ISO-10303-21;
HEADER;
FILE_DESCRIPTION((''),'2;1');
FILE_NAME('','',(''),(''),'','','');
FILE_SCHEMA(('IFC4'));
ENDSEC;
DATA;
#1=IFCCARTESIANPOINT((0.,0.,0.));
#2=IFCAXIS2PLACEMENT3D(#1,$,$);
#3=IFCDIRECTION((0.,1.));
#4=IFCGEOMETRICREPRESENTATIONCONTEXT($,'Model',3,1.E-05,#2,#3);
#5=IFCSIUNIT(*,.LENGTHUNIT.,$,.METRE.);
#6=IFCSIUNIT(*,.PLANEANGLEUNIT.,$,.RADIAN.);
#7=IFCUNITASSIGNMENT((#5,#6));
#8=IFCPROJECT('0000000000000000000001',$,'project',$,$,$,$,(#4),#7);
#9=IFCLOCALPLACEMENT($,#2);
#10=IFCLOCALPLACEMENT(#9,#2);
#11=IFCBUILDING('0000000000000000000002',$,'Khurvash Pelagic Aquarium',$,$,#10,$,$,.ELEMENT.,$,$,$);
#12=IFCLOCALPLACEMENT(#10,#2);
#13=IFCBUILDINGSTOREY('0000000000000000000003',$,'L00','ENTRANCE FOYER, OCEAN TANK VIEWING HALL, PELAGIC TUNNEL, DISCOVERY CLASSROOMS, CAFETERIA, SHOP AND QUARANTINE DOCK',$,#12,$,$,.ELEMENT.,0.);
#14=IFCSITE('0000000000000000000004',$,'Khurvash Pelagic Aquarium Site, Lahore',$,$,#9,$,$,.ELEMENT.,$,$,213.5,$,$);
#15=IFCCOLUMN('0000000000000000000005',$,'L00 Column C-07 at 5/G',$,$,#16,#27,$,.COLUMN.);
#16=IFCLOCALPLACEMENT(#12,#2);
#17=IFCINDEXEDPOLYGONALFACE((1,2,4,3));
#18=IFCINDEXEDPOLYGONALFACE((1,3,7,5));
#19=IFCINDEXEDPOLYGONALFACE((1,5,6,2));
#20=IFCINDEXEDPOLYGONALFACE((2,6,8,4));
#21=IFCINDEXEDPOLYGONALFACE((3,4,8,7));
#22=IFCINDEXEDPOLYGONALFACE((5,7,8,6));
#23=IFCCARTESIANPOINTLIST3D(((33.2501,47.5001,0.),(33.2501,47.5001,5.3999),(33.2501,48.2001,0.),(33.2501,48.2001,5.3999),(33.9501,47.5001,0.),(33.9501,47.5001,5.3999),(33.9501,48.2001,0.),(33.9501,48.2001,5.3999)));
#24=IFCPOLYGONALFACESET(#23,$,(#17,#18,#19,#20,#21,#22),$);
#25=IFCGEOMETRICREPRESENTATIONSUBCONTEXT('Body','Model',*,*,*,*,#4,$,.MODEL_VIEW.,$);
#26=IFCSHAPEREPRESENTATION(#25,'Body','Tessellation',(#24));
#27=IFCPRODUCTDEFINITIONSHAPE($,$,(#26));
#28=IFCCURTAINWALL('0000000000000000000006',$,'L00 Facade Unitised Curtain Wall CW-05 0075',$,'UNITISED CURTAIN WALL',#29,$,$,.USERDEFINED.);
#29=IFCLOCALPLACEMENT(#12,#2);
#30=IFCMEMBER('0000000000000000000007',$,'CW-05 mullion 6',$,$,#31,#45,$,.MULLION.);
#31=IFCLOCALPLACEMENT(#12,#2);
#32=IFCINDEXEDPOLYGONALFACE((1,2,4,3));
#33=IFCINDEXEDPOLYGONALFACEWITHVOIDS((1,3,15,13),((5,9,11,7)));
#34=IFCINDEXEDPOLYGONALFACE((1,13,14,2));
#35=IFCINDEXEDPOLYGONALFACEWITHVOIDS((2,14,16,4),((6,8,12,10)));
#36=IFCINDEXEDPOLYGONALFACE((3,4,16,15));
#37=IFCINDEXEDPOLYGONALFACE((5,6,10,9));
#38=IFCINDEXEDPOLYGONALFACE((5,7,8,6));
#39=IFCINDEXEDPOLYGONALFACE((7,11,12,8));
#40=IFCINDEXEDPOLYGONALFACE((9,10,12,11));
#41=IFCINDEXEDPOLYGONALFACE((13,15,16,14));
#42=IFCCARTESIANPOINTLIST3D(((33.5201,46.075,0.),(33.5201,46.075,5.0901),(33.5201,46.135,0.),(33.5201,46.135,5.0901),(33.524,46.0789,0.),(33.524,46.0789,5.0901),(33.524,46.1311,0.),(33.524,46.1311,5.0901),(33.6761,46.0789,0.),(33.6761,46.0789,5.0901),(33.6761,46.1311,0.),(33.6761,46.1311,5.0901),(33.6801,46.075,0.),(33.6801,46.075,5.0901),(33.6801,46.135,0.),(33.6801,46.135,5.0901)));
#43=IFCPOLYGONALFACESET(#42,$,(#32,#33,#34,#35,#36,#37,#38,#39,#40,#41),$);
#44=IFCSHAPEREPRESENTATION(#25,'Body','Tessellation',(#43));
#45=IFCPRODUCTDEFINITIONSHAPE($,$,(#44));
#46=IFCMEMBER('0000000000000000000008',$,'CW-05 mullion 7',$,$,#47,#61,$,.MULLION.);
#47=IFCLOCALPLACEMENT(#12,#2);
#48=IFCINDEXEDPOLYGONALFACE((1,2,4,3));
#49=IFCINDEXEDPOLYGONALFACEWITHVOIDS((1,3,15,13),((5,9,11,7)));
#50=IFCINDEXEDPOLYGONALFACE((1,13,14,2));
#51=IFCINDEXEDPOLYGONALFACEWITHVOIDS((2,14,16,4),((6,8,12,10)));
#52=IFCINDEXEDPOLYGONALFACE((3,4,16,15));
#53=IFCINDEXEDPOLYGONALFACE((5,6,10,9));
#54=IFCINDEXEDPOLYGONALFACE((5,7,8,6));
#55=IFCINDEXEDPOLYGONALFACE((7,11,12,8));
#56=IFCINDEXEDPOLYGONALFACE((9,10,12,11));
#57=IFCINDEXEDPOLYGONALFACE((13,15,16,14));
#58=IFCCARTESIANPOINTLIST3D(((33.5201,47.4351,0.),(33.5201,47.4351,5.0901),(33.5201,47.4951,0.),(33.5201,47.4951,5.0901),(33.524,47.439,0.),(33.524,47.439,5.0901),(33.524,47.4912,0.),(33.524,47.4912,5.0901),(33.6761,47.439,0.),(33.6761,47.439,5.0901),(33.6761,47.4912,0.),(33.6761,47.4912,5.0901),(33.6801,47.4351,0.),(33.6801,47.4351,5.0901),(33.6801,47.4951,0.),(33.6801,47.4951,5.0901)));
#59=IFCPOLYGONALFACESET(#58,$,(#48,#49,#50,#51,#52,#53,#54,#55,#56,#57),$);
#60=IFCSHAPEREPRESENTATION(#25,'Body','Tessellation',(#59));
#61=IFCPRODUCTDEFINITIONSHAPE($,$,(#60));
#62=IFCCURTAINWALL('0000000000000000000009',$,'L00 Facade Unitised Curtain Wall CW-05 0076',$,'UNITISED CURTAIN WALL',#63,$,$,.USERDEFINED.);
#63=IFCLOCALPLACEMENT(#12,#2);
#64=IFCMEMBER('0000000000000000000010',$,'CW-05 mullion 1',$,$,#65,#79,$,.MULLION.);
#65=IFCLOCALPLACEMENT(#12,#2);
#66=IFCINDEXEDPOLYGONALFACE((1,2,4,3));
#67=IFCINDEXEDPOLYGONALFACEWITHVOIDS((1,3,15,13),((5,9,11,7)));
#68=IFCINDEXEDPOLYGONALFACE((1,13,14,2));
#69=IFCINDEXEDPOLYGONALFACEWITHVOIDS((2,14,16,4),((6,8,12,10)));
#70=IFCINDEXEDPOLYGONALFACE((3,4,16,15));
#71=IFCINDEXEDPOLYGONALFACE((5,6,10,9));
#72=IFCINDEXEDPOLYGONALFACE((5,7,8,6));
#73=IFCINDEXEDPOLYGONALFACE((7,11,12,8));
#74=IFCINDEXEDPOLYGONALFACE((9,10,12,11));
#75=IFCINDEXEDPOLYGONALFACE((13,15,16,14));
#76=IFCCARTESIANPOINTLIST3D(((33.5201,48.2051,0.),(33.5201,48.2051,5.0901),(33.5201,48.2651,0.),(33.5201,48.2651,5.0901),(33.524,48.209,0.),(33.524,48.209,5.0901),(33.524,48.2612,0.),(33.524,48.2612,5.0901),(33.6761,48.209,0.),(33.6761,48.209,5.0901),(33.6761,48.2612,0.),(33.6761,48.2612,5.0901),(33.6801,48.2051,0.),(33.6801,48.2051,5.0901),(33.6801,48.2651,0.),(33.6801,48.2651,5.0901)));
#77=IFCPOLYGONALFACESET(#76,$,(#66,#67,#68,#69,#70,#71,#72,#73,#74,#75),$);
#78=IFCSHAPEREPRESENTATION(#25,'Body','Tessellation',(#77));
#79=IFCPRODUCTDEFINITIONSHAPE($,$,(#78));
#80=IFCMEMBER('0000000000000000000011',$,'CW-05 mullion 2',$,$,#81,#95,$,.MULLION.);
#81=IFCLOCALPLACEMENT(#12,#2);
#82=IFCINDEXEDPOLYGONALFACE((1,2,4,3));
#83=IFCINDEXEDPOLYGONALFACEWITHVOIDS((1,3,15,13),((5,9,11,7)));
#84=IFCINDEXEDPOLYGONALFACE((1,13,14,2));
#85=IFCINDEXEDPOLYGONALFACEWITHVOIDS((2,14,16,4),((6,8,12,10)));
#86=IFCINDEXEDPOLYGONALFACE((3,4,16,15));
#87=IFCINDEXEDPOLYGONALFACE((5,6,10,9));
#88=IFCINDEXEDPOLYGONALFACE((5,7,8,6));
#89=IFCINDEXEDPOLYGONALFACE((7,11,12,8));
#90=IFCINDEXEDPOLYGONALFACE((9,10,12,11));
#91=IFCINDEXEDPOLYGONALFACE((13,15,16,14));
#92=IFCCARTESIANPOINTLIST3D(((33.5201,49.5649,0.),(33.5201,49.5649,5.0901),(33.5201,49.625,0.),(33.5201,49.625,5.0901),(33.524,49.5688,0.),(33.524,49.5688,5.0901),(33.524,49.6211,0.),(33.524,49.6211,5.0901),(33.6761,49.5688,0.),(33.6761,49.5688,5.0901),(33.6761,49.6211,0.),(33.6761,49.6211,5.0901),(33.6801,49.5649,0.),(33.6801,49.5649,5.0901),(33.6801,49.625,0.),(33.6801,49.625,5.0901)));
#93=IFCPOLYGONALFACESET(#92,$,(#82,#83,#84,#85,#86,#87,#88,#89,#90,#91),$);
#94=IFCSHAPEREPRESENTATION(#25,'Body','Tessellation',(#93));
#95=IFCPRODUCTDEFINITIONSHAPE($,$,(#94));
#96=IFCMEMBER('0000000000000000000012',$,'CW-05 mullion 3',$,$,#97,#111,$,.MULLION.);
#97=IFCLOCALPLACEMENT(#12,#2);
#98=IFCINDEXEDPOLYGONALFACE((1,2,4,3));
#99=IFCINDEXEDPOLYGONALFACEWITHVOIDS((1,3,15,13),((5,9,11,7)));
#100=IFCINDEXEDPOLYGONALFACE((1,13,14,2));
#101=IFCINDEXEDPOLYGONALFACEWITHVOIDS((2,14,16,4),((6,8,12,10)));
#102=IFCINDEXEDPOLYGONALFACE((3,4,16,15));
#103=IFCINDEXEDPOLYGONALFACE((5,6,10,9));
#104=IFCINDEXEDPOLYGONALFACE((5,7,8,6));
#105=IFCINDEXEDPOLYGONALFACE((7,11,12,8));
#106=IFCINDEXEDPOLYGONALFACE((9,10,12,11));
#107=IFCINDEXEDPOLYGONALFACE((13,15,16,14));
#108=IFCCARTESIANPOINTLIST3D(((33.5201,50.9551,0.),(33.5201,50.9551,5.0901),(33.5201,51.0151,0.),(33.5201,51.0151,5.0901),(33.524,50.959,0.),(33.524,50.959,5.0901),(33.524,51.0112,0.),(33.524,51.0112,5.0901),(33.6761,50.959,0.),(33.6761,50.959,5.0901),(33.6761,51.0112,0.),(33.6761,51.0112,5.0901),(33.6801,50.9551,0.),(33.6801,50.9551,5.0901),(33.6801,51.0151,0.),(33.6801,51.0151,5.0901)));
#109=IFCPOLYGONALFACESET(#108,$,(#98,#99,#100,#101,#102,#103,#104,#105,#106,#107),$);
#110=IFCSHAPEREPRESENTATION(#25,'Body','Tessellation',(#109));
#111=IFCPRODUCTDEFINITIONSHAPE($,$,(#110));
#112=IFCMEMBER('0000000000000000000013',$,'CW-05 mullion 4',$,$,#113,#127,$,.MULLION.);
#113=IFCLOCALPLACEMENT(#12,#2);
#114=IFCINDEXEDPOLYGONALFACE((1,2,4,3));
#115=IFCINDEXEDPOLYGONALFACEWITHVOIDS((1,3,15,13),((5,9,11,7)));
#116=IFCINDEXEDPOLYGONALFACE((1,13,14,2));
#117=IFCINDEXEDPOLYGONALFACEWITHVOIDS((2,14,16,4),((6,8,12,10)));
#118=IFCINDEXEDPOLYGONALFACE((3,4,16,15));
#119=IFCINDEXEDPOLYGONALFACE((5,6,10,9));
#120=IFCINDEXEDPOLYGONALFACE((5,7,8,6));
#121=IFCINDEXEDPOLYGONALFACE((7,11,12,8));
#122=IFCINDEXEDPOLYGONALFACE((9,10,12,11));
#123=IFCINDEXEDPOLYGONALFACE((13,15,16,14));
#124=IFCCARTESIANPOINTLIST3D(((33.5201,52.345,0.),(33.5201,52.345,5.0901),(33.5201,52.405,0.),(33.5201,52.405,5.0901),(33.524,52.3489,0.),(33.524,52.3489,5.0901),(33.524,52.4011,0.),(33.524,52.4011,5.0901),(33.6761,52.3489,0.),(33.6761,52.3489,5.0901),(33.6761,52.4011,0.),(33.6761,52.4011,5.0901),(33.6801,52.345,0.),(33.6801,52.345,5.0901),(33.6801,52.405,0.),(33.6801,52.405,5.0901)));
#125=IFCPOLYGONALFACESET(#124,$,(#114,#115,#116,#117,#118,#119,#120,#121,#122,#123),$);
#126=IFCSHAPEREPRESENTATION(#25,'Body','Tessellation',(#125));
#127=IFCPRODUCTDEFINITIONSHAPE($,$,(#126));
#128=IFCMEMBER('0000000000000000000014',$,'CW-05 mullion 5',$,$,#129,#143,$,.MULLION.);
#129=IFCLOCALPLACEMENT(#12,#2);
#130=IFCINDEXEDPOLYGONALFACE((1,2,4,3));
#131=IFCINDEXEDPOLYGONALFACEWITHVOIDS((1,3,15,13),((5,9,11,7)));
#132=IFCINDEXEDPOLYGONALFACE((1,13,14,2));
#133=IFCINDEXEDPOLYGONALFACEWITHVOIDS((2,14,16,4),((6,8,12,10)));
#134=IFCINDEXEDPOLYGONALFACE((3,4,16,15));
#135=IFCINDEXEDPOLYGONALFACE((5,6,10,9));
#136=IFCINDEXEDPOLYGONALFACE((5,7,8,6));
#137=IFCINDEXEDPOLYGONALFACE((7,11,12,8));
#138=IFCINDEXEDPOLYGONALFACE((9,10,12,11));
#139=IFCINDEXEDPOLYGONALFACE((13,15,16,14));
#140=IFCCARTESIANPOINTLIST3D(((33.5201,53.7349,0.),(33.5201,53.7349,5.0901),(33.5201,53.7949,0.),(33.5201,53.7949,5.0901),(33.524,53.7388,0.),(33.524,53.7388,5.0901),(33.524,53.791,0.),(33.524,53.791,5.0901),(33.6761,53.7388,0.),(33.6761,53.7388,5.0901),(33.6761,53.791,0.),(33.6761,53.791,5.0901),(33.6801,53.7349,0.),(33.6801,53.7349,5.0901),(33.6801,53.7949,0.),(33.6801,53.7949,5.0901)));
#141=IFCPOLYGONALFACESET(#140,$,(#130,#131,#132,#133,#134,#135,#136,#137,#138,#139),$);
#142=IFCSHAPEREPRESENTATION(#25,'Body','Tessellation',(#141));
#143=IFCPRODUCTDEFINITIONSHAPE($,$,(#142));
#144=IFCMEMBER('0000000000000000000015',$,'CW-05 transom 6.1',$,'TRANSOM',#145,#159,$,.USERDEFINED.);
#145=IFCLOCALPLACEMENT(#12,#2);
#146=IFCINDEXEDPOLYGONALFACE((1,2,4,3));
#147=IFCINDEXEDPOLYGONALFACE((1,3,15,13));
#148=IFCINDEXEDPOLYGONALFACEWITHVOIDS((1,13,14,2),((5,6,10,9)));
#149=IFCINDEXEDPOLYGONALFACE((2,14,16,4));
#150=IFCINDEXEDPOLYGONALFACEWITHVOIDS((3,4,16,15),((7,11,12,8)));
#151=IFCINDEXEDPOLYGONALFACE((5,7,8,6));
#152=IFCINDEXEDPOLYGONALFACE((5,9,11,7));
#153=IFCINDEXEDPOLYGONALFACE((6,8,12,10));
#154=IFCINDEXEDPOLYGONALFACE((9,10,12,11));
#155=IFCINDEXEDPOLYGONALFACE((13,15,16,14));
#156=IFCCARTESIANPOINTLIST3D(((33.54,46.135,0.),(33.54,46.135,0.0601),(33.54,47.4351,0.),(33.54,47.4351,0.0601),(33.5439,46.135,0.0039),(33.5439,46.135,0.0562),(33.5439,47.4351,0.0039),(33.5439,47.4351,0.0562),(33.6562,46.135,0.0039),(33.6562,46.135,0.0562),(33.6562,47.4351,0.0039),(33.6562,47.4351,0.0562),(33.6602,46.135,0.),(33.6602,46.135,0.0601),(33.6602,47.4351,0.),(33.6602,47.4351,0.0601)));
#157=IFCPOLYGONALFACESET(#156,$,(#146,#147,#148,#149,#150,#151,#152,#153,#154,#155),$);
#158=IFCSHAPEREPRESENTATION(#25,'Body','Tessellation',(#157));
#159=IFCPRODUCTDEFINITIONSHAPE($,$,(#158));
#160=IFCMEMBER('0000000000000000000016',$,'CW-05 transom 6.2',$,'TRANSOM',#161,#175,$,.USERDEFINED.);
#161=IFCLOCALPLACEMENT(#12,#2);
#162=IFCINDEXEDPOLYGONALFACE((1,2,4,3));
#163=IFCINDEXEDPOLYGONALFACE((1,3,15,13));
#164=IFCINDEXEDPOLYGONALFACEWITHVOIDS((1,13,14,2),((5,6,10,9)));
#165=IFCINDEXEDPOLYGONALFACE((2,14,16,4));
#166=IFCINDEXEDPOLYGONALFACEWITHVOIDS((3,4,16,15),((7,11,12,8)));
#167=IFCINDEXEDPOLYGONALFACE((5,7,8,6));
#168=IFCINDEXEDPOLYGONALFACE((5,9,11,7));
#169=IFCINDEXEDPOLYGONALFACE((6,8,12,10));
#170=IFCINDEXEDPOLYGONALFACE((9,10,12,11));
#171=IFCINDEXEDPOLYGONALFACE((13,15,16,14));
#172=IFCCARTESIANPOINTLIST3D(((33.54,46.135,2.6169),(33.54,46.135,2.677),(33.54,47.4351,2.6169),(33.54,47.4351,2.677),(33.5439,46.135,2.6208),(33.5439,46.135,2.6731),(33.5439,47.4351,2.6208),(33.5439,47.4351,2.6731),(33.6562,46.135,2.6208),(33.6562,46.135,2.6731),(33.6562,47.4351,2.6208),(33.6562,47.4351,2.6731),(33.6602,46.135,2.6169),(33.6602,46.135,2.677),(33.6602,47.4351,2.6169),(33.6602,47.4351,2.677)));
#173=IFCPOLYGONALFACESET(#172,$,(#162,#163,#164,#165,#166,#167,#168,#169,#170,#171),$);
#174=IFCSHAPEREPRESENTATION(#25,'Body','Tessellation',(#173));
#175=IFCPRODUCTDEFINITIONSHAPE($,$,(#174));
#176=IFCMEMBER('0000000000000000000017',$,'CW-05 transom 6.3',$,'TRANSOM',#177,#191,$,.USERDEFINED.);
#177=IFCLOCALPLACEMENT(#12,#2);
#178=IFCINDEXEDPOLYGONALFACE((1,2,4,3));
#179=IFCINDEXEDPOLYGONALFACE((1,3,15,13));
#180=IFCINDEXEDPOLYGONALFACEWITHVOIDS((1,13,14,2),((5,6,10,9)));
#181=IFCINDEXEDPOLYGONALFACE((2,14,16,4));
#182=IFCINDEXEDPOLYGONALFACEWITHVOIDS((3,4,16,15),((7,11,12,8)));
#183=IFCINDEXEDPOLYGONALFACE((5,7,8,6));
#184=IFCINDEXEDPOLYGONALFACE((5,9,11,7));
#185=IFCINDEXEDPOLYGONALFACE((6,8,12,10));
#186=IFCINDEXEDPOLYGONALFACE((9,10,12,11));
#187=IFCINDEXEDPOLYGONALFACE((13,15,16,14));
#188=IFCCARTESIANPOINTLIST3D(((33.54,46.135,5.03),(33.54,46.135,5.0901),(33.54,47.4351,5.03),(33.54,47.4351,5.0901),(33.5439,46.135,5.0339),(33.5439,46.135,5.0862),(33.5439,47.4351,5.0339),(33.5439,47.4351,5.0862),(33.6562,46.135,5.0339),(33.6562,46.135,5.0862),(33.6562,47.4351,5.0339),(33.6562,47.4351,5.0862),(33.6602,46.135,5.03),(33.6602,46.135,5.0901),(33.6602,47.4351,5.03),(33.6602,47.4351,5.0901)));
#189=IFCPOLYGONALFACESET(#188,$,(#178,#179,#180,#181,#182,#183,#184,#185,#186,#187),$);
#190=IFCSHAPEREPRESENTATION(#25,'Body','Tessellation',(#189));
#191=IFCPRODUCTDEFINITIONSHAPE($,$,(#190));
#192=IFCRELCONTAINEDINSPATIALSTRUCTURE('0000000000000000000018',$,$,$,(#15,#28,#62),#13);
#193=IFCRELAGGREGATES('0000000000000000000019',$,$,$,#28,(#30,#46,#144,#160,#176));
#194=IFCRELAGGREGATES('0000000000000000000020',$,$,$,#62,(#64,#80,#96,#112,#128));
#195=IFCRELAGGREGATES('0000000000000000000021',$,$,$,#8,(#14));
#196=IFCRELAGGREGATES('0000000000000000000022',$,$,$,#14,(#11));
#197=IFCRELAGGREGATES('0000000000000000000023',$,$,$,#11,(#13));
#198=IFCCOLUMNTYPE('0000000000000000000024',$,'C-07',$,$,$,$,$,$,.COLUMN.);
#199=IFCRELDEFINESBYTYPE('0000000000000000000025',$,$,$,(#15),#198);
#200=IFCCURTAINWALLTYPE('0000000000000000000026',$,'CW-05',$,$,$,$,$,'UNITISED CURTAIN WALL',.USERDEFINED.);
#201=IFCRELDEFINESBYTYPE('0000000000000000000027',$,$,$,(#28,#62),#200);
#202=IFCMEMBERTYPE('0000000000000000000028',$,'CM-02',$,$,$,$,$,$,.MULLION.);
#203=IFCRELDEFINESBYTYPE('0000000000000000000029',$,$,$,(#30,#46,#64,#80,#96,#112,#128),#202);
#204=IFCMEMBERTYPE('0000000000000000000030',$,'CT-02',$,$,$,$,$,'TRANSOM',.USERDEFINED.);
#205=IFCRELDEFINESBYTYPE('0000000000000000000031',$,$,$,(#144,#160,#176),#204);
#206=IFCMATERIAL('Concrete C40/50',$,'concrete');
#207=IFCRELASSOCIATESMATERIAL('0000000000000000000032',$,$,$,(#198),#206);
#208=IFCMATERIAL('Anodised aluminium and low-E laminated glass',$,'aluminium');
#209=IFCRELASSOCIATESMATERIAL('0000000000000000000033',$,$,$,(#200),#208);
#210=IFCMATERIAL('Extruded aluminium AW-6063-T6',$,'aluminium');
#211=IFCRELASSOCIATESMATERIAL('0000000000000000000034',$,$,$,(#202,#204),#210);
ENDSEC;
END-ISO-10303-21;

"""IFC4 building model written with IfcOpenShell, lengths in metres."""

from ifc_helpers import new_model, si_unit, direction, frame, origin, origin_2d, place, context, subcontext, project, spatial, rectangle, hollow_rectangle, extrude, material, material_profile, profile_set, type_object, element, aggregate, save


model = new_model("IFC4")

# Units and contexts
model_context = context("Model", 3, precision=1e-05, world=origin(), true_north=direction((0.0, 1.0)))
body_context = subcontext(model_context, "Body", "Model", "MODEL_VIEW")
ifc_project = project(units=[si_unit("LENGTHUNIT", "METRE"), si_unit("PLANEANGLEUNIT", "RADIAN")], contexts=[model_context])

# Site, building, storey
site_placement = place(None, origin())
site = spatial("IfcSite", under=ifc_project, at=site_placement, Name="Khurvash Pelagic Aquarium Site, Lahore", CompositionType="ELEMENT", RefElevation=213.5)
building_placement = place(site_placement, origin())
building = spatial("IfcBuilding", under=site, at=building_placement, Name="Khurvash Pelagic Aquarium", CompositionType="ELEMENT")
storey_placement = place(building_placement, origin())
storey = spatial("IfcBuildingStorey", under=building, at=storey_placement, Name="L00", Description="ENTRANCE FOYER, OCEAN TANK VIEWING HALL, PELAGIC TUNNEL, DISCOVERY CLASSROOMS, CAFETERIA, SHOP AND QUARANTINE DOCK", CompositionType="ELEMENT", Elevation=0.0)

# Column
ifc_material_1 = material(Name="Concrete C40/50", Category="concrete")
ifc_material_profile_1 = material_profile(ifc_material_1, rectangle(XDim=0.7, YDim=0.7, at=origin_2d()), Name="RC700X700")
ifc_profile_set_1 = profile_set([ifc_material_profile_1], Name="Concrete C40/50")
column_type = type_object("IfcColumnType", Name="C-07", PredefinedType="COLUMN", material=ifc_profile_set_1)
column_placement = place(storey_placement, frame((33.6001, 47.8501, 0.0), z_axis=(0.0, 0.0, 1.0), x_axis=(1.0, 0.0, 0.0)))
element("IfcColumn", 1, at=column_placement, inside=storey, type_object=column_type, Name="L00 Column C-07 at 5/G", PredefinedType="COLUMN", context=body_context, shape_type="SweptSolid", body=[
    extrude(rectangle(XDim=0.7, YDim=0.7, at=origin_2d()), origin(), (0.0, 0.0, 1.0), 5.3999),
])

# Curtain walls, members
ifc_material_2 = material(Name="Anodised aluminium and low-E laminated glass", Category="aluminium")
curtain_wall_type = type_object("IfcCurtainWallType", Name="CW-05", ElementType="UNITISED CURTAIN WALL", PredefinedType="USERDEFINED", material=ifc_material_2)
curtain_wall_1_placement = place(storey_placement, origin())
curtain_wall_1 = element("IfcCurtainWall", 2, at=curtain_wall_1_placement, inside=storey, type_object=curtain_wall_type, Name="L00 Facade Unitised Curtain Wall CW-05 0075", ObjectType="UNITISED CURTAIN WALL", PredefinedType="USERDEFINED")
ifc_material_3 = material(Name="Extruded aluminium AW-6063-T6", Category="aluminium")
ifc_material_profile_2 = material_profile(ifc_material_3, hollow_rectangle(XDim=0.0601, YDim=0.1599, WallThickness=0.0039, at=origin_2d()), Name="CWM60X160X4")
ifc_profile_set_2 = profile_set([ifc_material_profile_2], Name="Extruded aluminium AW-6063-T6")
member_type_1 = type_object("IfcMemberType", Name="CM-02", PredefinedType="MULLION", material=ifc_profile_set_2)
member_1_placement = place(storey_placement, frame((33.6001, 46.105, 0.0), z_axis=(0.0, 0.0, 1.0), x_axis=(0.0, 1.0, 0.0)))
member_1 = element("IfcMember", 3, at=member_1_placement, type_object=member_type_1, Name="CW-05 mullion 6", PredefinedType="MULLION", context=body_context, shape_type="SweptSolid", body=[
    extrude(hollow_rectangle(XDim=0.0601, YDim=0.1599, WallThickness=0.0039, at=origin_2d()), origin(), (0.0, 0.0, 1.0), 5.0901),
])
member_2_placement = place(storey_placement, frame((33.6001, 47.4651, 0.0), z_axis=(0.0, 0.0, 1.0), x_axis=(0.0, 1.0, 0.0)))
member_2 = element("IfcMember", 4, at=member_2_placement, type_object=member_type_1, Name="CW-05 mullion 7", PredefinedType="MULLION", context=body_context, shape_type="SweptSolid", body=[
    extrude(hollow_rectangle(XDim=0.0601, YDim=0.1599, WallThickness=0.0039, at=origin_2d()), origin(), (0.0, 0.0, 1.0), 5.0901),
])
curtain_wall_2_placement = place(storey_placement, origin())
curtain_wall_2 = element("IfcCurtainWall", 5, at=curtain_wall_2_placement, inside=storey, type_object=curtain_wall_type, Name="L00 Facade Unitised Curtain Wall CW-05 0076", ObjectType="UNITISED CURTAIN WALL", PredefinedType="USERDEFINED")
member_3_placement = place(storey_placement, frame((33.6001, 48.2351, 0.0), z_axis=(0.0, 0.0, 1.0), x_axis=(0.0, 1.0, 0.0)))
member_3 = element("IfcMember", 6, at=member_3_placement, type_object=member_type_1, Name="CW-05 mullion 1", PredefinedType="MULLION", context=body_context, shape_type="SweptSolid", body=[
    extrude(hollow_rectangle(XDim=0.0601, YDim=0.1599, WallThickness=0.0039, at=origin_2d()), origin(), (0.0, 0.0, 1.0), 5.0901),
])
member_4_placement = place(storey_placement, frame((33.6001, 49.595, 0.0), z_axis=(0.0, 0.0, 1.0), x_axis=(0.0, 1.0, 0.0)))
member_4 = element("IfcMember", 7, at=member_4_placement, type_object=member_type_1, Name="CW-05 mullion 2", PredefinedType="MULLION", context=body_context, shape_type="SweptSolid", body=[
    extrude(hollow_rectangle(XDim=0.0601, YDim=0.1599, WallThickness=0.0039, at=origin_2d()), origin(), (0.0, 0.0, 1.0), 5.0901),
])
member_5_placement = place(storey_placement, frame((33.6001, 50.9851, 0.0), z_axis=(0.0, 0.0, 1.0), x_axis=(0.0, 1.0, 0.0)))
member_5 = element("IfcMember", 8, at=member_5_placement, type_object=member_type_1, Name="CW-05 mullion 3", PredefinedType="MULLION", context=body_context, shape_type="SweptSolid", body=[
    extrude(hollow_rectangle(XDim=0.0601, YDim=0.1599, WallThickness=0.0039, at=origin_2d()), origin(), (0.0, 0.0, 1.0), 5.0901),
])
member_6_placement = place(storey_placement, frame((33.6001, 52.375, 0.0), z_axis=(0.0, 0.0, 1.0), x_axis=(0.0, 1.0, 0.0)))
member_6 = element("IfcMember", 9, at=member_6_placement, type_object=member_type_1, Name="CW-05 mullion 4", PredefinedType="MULLION", context=body_context, shape_type="SweptSolid", body=[
    extrude(hollow_rectangle(XDim=0.0601, YDim=0.1599, WallThickness=0.0039, at=origin_2d()), origin(), (0.0, 0.0, 1.0), 5.0901),
])
member_7_placement = place(storey_placement, frame((33.6001, 53.7649, 0.0), z_axis=(0.0, 0.0, 1.0), x_axis=(0.0, 1.0, 0.0)))
member_7 = element("IfcMember", 10, at=member_7_placement, type_object=member_type_1, Name="CW-05 mullion 5", PredefinedType="MULLION", context=body_context, shape_type="SweptSolid", body=[
    extrude(hollow_rectangle(XDim=0.0601, YDim=0.1599, WallThickness=0.0039, at=origin_2d()), origin(), (0.0, 0.0, 1.0), 5.0901),
])

# Members
ifc_material_profile_3 = material_profile(ifc_material_3, hollow_rectangle(XDim=0.1201, YDim=0.0601, WallThickness=0.0039, at=origin_2d()), Name="CWT120X60X4")
ifc_profile_set_3 = profile_set([ifc_material_profile_3], Name="Extruded aluminium AW-6063-T6")
member_type_2 = type_object("IfcMemberType", Name="CT-02", ElementType="TRANSOM", PredefinedType="USERDEFINED", material=ifc_profile_set_3)
member_8_placement = place(storey_placement, frame((33.6001, 46.135, 0.03), z_axis=(0.0, 1.0, 0.0), x_axis=(-1.0, 0.0, 0.0)))
member_8 = element("IfcMember", 11, at=member_8_placement, type_object=member_type_2, Name="CW-05 transom 6.1", ObjectType="TRANSOM", PredefinedType="USERDEFINED", context=body_context, shape_type="SweptSolid", body=[
    extrude(hollow_rectangle(XDim=0.1201, YDim=0.0601, WallThickness=0.0039, at=origin_2d()), origin(), (0.0, 0.0, 1.0), 1.3),
])
member_9_placement = place(storey_placement, frame((33.6001, 46.135, 2.647), z_axis=(0.0, 1.0, 0.0), x_axis=(-1.0, 0.0, 0.0)))
member_9 = element("IfcMember", 12, at=member_9_placement, type_object=member_type_2, Name="CW-05 transom 6.2", ObjectType="TRANSOM", PredefinedType="USERDEFINED", context=body_context, shape_type="SweptSolid", body=[
    extrude(hollow_rectangle(XDim=0.1201, YDim=0.0601, WallThickness=0.0039, at=origin_2d()), origin(), (0.0, 0.0, 1.0), 1.3),
])
member_10_placement = place(storey_placement, frame((33.6001, 46.135, 5.0601), z_axis=(0.0, 1.0, 0.0), x_axis=(-1.0, 0.0, 0.0)))
member_10 = element("IfcMember", 13, at=member_10_placement, type_object=member_type_2, Name="CW-05 transom 6.3", ObjectType="TRANSOM", PredefinedType="USERDEFINED", context=body_context, shape_type="SweptSolid", body=[
    extrude(hollow_rectangle(XDim=0.1201, YDim=0.0601, WallThickness=0.0039, at=origin_2d()), origin(), (0.0, 0.0, 1.0), 1.3),
])

aggregate(curtain_wall_1, [member_1, member_2, member_8, member_9, member_10])
aggregate(curtain_wall_2, [member_3, member_4, member_5, member_6, member_7])

save(model, "model.ifc")
